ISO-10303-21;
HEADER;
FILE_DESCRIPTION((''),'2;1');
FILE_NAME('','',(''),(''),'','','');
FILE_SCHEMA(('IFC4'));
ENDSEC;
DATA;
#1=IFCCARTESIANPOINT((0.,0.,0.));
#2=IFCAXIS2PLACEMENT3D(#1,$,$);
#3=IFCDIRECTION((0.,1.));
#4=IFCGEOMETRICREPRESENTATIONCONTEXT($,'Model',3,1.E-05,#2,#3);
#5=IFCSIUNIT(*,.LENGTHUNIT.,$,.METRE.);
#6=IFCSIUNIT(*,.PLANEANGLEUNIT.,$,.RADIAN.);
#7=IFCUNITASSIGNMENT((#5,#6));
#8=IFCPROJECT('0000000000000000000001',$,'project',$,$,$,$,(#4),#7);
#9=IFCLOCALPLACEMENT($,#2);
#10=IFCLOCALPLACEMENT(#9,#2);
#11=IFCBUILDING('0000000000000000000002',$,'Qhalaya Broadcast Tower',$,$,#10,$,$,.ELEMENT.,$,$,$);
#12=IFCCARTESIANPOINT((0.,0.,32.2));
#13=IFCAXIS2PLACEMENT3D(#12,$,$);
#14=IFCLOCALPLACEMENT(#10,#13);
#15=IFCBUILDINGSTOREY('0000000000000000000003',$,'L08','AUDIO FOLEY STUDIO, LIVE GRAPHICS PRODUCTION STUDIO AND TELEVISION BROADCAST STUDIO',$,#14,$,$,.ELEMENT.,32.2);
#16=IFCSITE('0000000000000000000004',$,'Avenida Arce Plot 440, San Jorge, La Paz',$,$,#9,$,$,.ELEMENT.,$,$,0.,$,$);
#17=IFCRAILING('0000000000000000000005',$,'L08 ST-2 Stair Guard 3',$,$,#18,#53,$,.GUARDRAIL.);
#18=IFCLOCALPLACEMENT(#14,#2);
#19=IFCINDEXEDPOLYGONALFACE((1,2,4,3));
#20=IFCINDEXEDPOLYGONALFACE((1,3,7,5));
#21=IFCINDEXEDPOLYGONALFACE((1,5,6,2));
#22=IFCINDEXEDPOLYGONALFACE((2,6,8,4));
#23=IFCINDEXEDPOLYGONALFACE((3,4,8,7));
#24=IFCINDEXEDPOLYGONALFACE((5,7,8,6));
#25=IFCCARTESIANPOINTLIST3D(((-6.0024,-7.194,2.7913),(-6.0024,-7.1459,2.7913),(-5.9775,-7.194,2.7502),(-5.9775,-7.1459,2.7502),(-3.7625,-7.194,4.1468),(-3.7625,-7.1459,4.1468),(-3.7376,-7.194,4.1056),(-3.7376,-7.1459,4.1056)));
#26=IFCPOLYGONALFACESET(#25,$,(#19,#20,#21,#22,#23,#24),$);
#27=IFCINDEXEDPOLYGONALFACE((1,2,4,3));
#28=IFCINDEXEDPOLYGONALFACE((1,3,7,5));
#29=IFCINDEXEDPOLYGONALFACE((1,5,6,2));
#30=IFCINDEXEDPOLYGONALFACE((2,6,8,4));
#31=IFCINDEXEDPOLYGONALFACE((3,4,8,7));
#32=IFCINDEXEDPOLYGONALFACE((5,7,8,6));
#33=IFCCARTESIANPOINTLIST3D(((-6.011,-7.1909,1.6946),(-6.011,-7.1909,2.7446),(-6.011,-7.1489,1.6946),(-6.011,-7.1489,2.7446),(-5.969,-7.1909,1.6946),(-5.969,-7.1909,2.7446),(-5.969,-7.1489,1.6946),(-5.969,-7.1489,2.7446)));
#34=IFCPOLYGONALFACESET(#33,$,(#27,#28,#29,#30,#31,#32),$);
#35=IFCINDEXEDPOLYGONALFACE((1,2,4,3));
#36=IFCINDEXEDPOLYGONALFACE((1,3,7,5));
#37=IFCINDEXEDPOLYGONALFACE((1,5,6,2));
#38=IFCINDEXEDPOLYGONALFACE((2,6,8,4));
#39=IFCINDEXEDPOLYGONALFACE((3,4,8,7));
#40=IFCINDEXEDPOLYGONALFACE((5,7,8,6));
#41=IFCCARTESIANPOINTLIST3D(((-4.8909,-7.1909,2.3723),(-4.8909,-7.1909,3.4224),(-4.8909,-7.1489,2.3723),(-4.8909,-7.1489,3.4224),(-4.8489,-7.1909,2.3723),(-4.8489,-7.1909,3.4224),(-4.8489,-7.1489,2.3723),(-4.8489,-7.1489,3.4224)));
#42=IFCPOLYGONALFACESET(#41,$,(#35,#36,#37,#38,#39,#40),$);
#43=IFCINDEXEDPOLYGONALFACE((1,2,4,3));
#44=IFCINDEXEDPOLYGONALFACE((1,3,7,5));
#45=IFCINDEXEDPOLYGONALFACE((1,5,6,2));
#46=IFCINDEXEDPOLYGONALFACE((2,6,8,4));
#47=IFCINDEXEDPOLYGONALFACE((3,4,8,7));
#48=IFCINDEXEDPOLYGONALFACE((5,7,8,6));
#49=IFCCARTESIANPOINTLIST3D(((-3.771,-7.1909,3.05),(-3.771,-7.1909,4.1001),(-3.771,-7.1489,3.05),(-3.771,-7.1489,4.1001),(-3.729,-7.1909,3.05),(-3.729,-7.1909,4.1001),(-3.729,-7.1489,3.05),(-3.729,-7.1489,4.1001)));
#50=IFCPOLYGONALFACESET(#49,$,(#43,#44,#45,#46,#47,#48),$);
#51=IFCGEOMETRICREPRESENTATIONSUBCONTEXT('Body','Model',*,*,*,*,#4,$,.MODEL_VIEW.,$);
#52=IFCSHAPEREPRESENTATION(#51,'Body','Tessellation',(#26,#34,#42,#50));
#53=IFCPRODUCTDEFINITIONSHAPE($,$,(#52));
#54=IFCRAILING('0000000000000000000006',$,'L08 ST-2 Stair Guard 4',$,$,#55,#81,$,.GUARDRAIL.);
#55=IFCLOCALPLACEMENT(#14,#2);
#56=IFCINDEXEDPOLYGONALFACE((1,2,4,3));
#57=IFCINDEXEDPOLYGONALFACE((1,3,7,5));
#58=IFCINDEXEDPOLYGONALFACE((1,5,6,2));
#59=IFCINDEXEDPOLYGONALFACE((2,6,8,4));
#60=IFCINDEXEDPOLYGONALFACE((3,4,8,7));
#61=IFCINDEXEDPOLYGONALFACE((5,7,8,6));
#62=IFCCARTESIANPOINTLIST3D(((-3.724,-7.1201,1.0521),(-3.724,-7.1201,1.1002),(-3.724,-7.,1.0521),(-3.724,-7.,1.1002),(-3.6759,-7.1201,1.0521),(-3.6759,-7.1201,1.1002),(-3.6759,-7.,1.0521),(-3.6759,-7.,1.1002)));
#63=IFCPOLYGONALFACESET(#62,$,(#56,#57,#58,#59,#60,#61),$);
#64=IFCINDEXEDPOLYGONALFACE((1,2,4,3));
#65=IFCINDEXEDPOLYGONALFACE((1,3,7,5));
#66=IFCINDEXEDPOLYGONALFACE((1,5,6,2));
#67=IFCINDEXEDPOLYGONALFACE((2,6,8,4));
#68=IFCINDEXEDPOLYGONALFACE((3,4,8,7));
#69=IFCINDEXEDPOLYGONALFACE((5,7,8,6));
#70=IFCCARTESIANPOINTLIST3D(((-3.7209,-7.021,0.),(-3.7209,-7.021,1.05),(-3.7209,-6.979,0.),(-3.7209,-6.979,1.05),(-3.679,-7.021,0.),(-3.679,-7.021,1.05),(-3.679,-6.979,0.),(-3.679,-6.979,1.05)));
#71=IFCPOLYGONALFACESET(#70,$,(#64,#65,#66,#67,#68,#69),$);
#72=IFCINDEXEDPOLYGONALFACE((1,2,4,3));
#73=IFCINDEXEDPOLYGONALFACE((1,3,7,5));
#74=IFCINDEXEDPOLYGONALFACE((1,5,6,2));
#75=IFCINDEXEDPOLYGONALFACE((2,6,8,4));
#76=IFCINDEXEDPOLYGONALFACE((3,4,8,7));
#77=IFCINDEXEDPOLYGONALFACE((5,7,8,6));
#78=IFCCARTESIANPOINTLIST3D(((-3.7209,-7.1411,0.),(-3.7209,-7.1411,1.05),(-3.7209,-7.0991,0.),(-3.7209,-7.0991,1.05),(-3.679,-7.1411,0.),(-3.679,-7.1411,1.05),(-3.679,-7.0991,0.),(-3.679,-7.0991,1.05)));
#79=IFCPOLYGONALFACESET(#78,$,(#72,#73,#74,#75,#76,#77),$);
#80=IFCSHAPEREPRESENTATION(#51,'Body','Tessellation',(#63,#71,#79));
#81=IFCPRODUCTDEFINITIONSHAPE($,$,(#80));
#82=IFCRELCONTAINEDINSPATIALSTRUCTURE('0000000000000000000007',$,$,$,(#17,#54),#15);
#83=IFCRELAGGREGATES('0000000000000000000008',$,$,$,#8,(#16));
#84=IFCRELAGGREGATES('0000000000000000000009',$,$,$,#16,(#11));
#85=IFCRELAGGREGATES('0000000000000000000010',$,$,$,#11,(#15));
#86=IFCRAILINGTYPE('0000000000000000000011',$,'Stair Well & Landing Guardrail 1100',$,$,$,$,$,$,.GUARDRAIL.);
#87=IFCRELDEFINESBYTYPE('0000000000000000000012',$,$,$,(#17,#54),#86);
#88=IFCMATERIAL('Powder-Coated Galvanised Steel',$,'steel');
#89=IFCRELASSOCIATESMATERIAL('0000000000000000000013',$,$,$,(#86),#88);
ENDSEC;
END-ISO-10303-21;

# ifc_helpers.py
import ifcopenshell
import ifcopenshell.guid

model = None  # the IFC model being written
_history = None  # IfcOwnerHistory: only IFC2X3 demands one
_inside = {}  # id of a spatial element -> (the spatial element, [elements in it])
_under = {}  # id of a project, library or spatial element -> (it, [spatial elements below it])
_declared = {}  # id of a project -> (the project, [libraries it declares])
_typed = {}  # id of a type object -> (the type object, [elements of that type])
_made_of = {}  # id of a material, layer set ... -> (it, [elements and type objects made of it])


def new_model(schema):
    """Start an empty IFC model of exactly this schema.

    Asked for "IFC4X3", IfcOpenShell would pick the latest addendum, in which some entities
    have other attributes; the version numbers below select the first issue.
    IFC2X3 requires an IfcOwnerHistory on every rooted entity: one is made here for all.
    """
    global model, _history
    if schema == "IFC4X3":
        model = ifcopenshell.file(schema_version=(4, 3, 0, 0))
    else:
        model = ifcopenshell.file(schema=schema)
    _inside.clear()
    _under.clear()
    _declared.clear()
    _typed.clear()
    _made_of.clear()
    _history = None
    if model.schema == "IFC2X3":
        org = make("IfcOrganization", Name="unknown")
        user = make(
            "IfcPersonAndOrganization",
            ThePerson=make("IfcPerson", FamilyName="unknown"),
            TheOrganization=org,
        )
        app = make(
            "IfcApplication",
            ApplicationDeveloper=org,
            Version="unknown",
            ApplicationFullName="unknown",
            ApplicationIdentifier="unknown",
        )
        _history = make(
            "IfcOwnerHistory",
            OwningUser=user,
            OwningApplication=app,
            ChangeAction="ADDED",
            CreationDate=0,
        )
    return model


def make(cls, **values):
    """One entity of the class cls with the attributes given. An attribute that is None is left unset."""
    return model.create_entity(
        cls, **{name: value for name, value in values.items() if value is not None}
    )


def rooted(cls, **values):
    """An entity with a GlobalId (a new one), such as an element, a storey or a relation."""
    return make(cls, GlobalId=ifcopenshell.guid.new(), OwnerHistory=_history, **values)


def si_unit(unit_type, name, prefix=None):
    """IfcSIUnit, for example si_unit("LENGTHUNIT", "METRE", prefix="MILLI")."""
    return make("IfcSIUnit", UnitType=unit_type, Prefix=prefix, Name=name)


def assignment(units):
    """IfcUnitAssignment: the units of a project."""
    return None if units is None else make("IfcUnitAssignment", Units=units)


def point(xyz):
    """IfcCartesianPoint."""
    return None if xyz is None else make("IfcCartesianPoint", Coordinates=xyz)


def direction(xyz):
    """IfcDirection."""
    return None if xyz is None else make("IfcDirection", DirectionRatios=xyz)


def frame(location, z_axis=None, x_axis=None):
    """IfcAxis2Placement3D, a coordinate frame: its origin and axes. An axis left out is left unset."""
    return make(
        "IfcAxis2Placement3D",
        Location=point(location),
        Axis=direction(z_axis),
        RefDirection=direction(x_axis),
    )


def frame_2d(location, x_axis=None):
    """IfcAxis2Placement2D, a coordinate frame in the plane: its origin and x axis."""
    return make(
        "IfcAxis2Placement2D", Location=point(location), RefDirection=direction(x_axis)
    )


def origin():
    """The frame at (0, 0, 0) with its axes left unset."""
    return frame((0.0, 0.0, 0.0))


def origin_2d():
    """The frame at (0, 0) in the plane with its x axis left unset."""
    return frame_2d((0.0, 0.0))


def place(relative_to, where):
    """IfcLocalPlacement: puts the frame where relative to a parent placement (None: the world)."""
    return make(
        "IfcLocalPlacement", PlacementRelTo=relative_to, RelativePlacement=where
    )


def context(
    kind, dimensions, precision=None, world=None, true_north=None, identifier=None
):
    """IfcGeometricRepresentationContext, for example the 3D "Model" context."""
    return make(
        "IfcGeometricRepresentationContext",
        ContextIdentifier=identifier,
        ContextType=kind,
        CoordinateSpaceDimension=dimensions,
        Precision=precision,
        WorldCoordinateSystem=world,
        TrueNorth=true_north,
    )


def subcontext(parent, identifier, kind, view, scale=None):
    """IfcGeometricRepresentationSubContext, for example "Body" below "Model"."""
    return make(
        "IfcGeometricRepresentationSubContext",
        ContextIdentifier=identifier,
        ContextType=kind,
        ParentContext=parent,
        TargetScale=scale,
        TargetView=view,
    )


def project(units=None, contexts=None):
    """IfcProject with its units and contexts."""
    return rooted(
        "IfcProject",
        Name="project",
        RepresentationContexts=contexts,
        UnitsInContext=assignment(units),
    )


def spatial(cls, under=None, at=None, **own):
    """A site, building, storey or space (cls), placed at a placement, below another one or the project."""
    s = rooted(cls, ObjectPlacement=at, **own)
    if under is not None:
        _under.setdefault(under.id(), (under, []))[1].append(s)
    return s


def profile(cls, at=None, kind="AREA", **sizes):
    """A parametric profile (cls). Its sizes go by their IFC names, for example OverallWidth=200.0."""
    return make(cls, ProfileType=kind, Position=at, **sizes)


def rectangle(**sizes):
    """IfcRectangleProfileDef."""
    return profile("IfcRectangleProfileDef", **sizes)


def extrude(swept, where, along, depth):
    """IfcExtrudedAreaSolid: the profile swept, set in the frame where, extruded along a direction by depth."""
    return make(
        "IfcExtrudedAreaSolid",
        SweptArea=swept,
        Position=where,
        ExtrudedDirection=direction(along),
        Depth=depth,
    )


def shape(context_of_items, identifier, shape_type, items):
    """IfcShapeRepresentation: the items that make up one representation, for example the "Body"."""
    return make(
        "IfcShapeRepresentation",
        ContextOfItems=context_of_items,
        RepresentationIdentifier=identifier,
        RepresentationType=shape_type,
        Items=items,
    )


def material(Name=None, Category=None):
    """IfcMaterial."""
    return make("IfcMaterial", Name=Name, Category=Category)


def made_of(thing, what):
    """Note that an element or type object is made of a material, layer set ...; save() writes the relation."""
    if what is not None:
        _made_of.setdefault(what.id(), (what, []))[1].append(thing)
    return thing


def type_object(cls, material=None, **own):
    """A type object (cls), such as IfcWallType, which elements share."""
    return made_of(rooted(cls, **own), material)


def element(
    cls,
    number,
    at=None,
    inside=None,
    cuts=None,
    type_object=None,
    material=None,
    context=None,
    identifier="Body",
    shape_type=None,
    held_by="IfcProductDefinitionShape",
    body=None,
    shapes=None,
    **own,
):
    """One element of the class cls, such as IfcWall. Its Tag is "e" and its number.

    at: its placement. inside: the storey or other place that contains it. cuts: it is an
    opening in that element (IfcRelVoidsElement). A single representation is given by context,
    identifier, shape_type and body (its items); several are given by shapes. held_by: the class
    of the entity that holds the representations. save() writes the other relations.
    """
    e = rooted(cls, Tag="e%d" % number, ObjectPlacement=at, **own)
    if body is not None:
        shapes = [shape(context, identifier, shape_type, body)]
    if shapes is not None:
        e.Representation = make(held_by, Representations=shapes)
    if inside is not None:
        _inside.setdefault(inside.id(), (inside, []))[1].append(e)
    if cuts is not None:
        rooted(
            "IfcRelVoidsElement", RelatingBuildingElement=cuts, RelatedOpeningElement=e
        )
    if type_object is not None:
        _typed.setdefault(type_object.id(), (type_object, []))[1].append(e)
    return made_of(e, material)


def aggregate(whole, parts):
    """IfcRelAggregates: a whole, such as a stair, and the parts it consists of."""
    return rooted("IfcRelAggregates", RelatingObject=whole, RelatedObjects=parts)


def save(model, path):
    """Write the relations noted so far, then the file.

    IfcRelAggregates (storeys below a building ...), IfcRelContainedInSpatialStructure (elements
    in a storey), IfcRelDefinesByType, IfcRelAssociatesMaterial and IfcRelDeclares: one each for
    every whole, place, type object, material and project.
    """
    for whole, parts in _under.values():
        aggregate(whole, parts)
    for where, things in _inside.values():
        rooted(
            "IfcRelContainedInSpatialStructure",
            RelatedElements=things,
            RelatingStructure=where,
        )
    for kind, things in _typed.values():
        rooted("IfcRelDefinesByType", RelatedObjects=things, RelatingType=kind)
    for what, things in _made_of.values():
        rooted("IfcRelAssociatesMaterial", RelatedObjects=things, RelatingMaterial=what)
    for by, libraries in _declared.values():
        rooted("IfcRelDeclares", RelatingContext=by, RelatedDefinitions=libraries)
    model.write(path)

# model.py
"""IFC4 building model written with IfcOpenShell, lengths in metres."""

from ifc_helpers import new_model, si_unit, direction, frame, origin, origin_2d, place, context, subcontext, project, spatial, rectangle, extrude, material, type_object, element, save


model = new_model("IFC4")

# Units and contexts
model_context = context("Model", 3, precision=1e-05, world=origin(), true_north=direction((0.0, 1.0)))
body_context = subcontext(model_context, "Body", "Model", "MODEL_VIEW")
ifc_project = project(units=[si_unit("LENGTHUNIT", "METRE"), si_unit("PLANEANGLEUNIT", "RADIAN")], contexts=[model_context])

# Site, building, storey
site_placement = place(None, origin())
site = spatial("IfcSite", under=ifc_project, at=site_placement, Name="Avenida Arce Plot 440, San Jorge, La Paz", CompositionType="ELEMENT", RefElevation=0.0)
building_placement = place(site_placement, origin())
building = spatial("IfcBuilding", under=site, at=building_placement, Name="Qhalaya Broadcast Tower", CompositionType="ELEMENT")
storey_placement = place(building_placement, frame((0.0, 0.0, 32.2)))
storey = spatial("IfcBuildingStorey", under=building, at=storey_placement, Name="L08", Description="AUDIO FOLEY STUDIO, LIVE GRAPHICS PRODUCTION STUDIO AND TELEVISION BROADCAST STUDIO", CompositionType="ELEMENT", Elevation=32.2)

# Railings
ifc_material_1 = material(Name="Powder-Coated Galvanised Steel", Category="steel")
railing_type_1 = type_object("IfcRailingType", Name="Stair Well & Landing Guardrail 1100", PredefinedType="GUARDRAIL", material=ifc_material_1)
railing_1_placement = place(storey_placement, frame((-5.99, -7.1699, 1.6946)))
element("IfcRailing", 1, at=railing_1_placement, inside=storey, type_object=railing_type_1, Name="L08 ST-2 Stair Guard 3", PredefinedType="GUARDRAIL", context=body_context, shape_type="SweptSolid", body=[
    extrude(rectangle(XDim=0.0481, YDim=0.0481, at=origin_2d()), frame((0.0, 0.0, 1.0762), z_axis=(0.855553, 0.0, 0.517715), x_axis=(0.0, 1.0, 0.0)), (0.0, 0.0, 1.0), 2.6182),
    extrude(rectangle(XDim=0.042, YDim=0.042, at=origin_2d()), origin(), (0.0, 0.0, 1.0), 1.05),
    extrude(rectangle(XDim=0.042, YDim=0.042, at=origin_2d()), frame((1.1201, 0.0, 0.6777)), (0.0, 0.0, 1.0), 1.05),
    extrude(rectangle(XDim=0.042, YDim=0.042, at=origin_2d()), frame((2.24, 0.0, 1.3555)), (0.0, 0.0, 1.0), 1.05),
])
railing_2_placement = place(storey_placement, frame((-3.7, -7.0, 0.0)))
element("IfcRailing", 2, at=railing_2_placement, inside=storey, type_object=railing_type_1, Name="L08 ST-2 Stair Guard 4", PredefinedType="GUARDRAIL", context=body_context, shape_type="SweptSolid", body=[
    extrude(rectangle(XDim=0.0481, YDim=0.0481, at=origin_2d()), frame((0.0, 0.0, 1.0762), z_axis=(0.0, -1.0, 0.0), x_axis=(1.0, 0.0, 0.0)), (0.0, 0.0, 1.0), 0.1201),
    extrude(rectangle(XDim=0.042, YDim=0.042, at=origin_2d()), origin(), (0.0, 0.0, 1.0), 1.05),
    extrude(rectangle(XDim=0.042, YDim=0.042, at=origin_2d()), frame((0.0, -0.1201, 0.0)), (0.0, 0.0, 1.0), 1.05),
])

save(model, "model.ifc")
